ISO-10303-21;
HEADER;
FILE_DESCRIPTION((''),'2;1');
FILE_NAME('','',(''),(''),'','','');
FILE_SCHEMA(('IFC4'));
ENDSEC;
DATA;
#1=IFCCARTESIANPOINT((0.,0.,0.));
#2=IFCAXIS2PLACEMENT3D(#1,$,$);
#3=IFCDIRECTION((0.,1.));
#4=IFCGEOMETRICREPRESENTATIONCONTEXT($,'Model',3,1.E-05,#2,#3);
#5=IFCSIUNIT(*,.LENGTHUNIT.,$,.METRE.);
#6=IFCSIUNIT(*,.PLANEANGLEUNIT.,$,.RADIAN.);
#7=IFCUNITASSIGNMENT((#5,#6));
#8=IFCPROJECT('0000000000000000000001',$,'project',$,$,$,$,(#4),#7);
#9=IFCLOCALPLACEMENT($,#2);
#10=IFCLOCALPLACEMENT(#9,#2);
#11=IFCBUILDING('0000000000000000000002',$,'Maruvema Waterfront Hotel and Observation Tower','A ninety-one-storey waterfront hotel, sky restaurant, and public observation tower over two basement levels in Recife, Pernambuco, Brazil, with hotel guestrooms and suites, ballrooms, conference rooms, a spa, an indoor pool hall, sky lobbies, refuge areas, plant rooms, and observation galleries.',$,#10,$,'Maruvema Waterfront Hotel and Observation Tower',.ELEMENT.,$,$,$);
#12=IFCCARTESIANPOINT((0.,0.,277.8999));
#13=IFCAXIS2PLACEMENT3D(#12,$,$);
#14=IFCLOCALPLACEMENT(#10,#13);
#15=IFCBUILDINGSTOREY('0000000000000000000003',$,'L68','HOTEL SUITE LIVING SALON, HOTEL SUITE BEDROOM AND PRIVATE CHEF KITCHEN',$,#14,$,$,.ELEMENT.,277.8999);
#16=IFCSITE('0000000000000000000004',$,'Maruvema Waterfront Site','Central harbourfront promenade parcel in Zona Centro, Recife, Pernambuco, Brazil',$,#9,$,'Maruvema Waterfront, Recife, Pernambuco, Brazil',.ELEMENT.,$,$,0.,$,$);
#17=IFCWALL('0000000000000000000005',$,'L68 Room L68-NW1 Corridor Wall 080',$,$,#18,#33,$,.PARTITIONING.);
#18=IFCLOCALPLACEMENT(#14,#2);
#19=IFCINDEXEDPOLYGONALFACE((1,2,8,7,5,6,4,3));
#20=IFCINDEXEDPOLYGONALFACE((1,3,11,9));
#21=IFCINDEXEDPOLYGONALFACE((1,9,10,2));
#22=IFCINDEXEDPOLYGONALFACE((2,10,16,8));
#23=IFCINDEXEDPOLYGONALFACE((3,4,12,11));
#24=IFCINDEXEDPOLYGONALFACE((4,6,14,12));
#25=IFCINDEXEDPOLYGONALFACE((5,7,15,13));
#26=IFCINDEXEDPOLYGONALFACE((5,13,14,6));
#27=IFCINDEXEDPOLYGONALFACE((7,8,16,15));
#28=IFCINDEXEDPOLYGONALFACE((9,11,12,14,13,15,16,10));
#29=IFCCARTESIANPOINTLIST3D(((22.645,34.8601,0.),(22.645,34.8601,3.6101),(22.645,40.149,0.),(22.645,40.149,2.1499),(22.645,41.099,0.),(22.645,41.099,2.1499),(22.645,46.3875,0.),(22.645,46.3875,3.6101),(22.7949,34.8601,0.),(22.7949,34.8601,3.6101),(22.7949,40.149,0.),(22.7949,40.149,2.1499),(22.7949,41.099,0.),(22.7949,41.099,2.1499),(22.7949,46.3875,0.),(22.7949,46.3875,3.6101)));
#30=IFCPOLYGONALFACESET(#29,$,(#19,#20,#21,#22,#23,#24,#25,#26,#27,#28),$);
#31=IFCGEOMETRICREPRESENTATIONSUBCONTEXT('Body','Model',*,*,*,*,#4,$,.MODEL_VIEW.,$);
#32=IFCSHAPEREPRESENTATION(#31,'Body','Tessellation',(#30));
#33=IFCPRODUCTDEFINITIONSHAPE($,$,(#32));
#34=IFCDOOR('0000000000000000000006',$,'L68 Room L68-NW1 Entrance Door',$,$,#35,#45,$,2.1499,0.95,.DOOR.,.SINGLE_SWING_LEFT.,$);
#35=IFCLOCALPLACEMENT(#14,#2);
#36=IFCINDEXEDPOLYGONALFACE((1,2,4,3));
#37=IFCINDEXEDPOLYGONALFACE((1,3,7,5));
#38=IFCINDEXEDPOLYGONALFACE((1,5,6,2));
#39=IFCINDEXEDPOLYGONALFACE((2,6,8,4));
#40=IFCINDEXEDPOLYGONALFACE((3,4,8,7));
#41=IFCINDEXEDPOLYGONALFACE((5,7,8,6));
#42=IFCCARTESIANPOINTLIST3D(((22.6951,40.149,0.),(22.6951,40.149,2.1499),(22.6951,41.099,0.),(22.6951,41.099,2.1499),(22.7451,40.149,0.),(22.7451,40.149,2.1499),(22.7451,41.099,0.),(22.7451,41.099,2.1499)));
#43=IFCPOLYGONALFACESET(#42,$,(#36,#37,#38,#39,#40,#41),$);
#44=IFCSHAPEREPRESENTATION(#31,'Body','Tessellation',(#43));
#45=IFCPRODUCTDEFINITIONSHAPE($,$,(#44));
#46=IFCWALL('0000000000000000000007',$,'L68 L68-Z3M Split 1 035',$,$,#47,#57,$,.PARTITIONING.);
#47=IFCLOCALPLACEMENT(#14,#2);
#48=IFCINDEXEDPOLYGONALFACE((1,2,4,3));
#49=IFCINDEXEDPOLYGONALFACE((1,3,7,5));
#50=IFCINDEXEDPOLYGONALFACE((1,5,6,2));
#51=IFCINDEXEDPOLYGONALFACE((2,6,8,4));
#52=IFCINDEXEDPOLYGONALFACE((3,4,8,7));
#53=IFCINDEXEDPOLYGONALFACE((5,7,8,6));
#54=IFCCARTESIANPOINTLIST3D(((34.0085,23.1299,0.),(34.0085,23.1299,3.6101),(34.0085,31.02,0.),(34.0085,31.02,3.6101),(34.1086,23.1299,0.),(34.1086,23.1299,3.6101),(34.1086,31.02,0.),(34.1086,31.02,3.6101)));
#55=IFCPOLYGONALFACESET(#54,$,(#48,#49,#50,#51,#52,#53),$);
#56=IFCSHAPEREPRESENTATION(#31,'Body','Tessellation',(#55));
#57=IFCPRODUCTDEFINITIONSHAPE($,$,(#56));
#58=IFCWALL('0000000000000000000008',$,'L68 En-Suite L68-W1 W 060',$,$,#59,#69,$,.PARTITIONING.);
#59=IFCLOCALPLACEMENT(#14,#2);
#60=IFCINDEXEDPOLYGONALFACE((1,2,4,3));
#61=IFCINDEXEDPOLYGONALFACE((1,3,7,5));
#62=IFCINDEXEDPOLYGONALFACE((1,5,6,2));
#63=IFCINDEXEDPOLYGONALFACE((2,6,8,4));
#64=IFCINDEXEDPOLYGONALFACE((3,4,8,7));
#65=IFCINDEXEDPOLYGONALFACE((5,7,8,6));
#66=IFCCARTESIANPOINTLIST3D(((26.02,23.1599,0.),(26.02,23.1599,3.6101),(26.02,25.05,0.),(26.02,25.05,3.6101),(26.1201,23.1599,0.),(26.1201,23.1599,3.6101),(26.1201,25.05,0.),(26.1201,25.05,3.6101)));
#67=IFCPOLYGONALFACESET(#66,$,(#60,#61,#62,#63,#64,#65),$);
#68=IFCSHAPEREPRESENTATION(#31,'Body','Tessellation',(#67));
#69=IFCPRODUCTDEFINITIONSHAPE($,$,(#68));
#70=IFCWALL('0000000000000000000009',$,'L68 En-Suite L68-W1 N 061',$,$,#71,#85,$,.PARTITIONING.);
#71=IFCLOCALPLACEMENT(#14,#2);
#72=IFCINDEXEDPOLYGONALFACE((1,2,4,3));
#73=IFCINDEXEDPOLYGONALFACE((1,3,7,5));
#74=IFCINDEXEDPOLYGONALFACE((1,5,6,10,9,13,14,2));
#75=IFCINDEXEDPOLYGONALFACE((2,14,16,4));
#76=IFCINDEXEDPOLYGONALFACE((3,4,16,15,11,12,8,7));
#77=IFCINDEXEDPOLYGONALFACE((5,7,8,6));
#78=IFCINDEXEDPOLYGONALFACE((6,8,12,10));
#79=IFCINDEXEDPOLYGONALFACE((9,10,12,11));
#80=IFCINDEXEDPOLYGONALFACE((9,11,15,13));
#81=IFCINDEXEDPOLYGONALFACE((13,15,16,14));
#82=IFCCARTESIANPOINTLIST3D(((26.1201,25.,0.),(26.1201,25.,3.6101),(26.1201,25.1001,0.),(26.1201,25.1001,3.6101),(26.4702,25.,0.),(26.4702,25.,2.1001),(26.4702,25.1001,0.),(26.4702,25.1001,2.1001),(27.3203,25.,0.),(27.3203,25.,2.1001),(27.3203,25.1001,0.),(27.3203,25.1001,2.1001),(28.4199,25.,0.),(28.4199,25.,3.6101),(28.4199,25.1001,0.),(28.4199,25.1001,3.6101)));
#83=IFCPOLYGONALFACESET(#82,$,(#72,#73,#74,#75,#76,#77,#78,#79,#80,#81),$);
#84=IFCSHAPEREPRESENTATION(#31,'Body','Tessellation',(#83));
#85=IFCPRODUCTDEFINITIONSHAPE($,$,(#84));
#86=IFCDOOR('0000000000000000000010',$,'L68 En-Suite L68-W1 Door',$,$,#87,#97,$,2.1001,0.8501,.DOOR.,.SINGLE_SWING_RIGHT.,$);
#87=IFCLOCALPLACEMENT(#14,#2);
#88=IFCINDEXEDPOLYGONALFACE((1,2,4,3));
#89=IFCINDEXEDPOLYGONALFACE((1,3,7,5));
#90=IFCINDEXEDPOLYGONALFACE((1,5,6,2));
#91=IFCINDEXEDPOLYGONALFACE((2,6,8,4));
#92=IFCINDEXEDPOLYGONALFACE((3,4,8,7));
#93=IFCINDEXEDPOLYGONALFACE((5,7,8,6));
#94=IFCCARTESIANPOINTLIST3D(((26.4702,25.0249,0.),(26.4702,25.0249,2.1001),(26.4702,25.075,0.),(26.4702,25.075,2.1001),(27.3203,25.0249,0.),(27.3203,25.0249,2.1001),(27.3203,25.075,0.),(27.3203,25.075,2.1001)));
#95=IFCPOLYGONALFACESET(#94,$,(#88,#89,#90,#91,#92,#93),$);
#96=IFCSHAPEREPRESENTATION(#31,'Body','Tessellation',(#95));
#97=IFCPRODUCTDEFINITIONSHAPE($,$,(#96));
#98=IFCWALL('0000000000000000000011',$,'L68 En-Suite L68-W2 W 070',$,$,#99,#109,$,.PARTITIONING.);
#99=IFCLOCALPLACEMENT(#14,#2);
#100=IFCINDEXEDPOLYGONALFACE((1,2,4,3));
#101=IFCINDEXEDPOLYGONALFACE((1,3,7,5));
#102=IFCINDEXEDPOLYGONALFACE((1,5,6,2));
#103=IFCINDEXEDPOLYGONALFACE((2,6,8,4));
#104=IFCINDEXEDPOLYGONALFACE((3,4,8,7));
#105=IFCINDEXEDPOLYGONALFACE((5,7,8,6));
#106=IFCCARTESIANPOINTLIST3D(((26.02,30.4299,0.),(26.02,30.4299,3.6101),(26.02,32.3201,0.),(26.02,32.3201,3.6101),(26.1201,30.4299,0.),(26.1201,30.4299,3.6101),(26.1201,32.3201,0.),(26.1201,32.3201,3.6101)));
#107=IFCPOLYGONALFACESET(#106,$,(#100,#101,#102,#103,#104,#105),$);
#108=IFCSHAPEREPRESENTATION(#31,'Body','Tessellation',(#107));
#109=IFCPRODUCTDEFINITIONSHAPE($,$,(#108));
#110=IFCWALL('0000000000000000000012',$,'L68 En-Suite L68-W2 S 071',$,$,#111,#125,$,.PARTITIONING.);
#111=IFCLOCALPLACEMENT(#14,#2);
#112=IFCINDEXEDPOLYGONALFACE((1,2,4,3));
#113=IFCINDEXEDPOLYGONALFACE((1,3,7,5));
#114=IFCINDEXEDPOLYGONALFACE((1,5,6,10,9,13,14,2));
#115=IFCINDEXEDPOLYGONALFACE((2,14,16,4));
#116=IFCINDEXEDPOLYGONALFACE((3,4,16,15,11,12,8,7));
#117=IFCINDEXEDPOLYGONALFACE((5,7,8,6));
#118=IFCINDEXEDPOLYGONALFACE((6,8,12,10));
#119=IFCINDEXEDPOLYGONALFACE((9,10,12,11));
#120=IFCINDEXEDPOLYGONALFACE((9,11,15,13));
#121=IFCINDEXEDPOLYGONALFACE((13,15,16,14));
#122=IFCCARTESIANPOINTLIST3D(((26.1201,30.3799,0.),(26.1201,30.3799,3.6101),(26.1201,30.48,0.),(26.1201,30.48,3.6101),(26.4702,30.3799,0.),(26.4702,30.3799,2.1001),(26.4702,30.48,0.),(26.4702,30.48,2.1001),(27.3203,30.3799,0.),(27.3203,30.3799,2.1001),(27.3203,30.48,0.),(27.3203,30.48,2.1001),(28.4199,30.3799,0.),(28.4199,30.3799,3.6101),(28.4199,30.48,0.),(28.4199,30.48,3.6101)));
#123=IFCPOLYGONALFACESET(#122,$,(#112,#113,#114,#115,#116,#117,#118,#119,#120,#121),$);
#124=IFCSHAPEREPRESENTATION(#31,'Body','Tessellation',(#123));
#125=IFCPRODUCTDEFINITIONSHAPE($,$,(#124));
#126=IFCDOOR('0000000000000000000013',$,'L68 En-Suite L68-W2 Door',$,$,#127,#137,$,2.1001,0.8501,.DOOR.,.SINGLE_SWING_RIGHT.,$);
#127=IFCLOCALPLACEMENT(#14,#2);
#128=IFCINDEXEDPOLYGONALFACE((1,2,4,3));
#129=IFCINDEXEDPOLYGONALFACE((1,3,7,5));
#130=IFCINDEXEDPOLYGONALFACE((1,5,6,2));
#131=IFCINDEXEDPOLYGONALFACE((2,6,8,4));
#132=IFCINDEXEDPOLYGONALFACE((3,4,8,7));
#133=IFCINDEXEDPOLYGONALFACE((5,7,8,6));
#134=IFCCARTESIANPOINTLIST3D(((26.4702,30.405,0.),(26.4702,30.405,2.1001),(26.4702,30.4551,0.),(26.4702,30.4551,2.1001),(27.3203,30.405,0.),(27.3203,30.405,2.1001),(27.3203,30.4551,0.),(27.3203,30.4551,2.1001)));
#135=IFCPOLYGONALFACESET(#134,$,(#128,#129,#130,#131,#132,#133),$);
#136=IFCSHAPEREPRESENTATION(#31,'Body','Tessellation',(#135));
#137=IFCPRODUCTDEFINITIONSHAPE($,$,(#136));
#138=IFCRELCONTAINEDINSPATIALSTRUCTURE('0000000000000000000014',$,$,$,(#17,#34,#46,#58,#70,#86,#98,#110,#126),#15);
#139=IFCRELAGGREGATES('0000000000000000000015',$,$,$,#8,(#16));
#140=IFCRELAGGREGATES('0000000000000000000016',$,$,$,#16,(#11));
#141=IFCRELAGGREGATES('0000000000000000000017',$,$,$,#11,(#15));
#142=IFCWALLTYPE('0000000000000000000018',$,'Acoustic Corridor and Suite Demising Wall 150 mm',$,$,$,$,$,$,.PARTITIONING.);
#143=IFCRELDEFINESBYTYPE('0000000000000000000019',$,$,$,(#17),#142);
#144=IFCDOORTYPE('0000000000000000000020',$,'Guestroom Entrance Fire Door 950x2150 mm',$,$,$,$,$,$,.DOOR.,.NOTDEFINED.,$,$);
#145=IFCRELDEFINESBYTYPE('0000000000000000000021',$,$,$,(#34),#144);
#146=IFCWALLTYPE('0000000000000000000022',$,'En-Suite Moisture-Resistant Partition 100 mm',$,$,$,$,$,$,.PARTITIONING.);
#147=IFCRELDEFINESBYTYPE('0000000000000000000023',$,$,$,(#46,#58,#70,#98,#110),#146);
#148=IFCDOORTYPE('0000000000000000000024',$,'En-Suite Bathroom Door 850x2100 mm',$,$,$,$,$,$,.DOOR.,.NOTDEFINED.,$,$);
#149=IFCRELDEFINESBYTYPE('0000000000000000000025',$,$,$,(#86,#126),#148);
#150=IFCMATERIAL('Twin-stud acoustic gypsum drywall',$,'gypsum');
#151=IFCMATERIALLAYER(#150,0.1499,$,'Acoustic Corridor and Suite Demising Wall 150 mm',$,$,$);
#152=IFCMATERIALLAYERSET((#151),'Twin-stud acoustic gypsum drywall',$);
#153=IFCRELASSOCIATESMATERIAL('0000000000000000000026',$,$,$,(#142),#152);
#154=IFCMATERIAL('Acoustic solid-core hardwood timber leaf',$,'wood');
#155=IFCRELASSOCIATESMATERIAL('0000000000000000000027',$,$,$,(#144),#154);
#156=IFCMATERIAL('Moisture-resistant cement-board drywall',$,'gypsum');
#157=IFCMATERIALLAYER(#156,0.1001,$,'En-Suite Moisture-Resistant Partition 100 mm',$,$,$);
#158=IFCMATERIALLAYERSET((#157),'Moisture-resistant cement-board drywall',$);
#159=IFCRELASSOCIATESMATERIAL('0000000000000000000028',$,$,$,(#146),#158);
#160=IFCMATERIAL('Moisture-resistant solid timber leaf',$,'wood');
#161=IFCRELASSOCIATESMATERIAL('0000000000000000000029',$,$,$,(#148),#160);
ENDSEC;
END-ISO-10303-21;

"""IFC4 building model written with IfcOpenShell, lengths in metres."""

from ifc_helpers import new_model, si_unit, direction, frame, frame_2d, origin, place, context, subcontext, project, spatial, rectangle, extrude, material, layer, layer_set, type_object, element, fill, save


model = new_model("IFC4")

# Units and contexts
model_context = context("Model", 3, precision=1e-05, world=origin(), true_north=direction((0.0, 1.0)))
body_context = subcontext(model_context, "Body", "Model", "MODEL_VIEW")
ifc_project = project(units=[si_unit("LENGTHUNIT", "METRE"), si_unit("PLANEANGLEUNIT", "RADIAN")], contexts=[model_context])

# Site, building, storey
site_placement = place(None, origin())
site = spatial("IfcSite", under=ifc_project, at=site_placement, Name="Maruvema Waterfront Site", Description="Central harbourfront promenade parcel in Zona Centro, Recife, Pernambuco, Brazil", LongName="Maruvema Waterfront, Recife, Pernambuco, Brazil", CompositionType="ELEMENT", RefElevation=0.0)
building_placement = place(site_placement, origin())
building = spatial("IfcBuilding", under=site, at=building_placement, Name="Maruvema Waterfront Hotel and Observation Tower", Description="A ninety-one-storey waterfront hotel, sky restaurant, and public observation tower over two basement levels in Recife, Pernambuco, Brazil, with hotel guestrooms and suites, ballrooms, conference rooms, a spa, an indoor pool hall, sky lobbies, refuge areas, plant rooms, and observation galleries.", LongName="Maruvema Waterfront Hotel and Observation Tower", CompositionType="ELEMENT")
storey_placement = place(building_placement, frame((0.0, 0.0, 277.8999)))
storey = spatial("IfcBuildingStorey", under=building, at=storey_placement, Name="L68", Description="HOTEL SUITE LIVING SALON, HOTEL SUITE BEDROOM AND PRIVATE CHEF KITCHEN", CompositionType="ELEMENT", Elevation=277.8999)

# Shared definitions
ifc_material_1 = material(Name="Twin-stud acoustic gypsum drywall", Category="gypsum")
ifc_layer_1 = layer(ifc_material_1, 0.1499, Name="Acoustic Corridor and Suite Demising Wall 150 mm")
ifc_layer_set_1 = layer_set([ifc_layer_1], Name="Twin-stud acoustic gypsum drywall")
wall_type_1 = type_object("IfcWallType", Name="Acoustic Corridor and Suite Demising Wall 150 mm", PredefinedType="PARTITIONING", material=ifc_layer_set_1)

# Shared definitions
ifc_material_2 = material(Name="Acoustic solid-core hardwood timber leaf", Category="wood")
door_type_1 = type_object("IfcDoorType", Name="Guestroom Entrance Fire Door 950x2150 mm", OperationType="NOTDEFINED", PredefinedType="DOOR", material=ifc_material_2)

# Wall, opening, door
wall_1_placement = place(storey_placement, frame((22.72, 34.8601, 0.0), z_axis=(0.0, 0.0, 1.0), x_axis=(0.0, 1.0, 0.0)))
wall_1 = element("IfcWall", 1, at=wall_1_placement, inside=storey, type_object=wall_type_1, Name="L68 Room L68-NW1 Corridor Wall 080", PredefinedType="PARTITIONING", context=body_context, shape_type="SweptSolid", body=[
    extrude(rectangle(XDim=11.5273, YDim=0.1499, at=frame_2d((5.7637, 0.0))), origin(), (0.0, 0.0, 1.0), 3.6101),
])
opening_1_placement = place(wall_1_placement, frame((5.2888, 0.0, 0.0)))
opening_1 = element("IfcOpeningElement", 2, at=opening_1_placement, cuts=wall_1, PredefinedType="OPENING", context=body_context, shape_type="SweptSolid", body=[
    extrude(rectangle(XDim=0.95, YDim=2.1499, at=frame_2d((0.4751, 1.075))), frame((0.0, 0.085, 0.0), z_axis=(0.0, -1.0, 0.0), x_axis=(1.0, 0.0, 0.0)), (0.0, 0.0, 1.0), 0.1699),
])
door_1_placement = place(opening_1_placement, origin())
door_1 = element("IfcDoor", 3, at=door_1_placement, inside=storey, type_object=door_type_1, Name="L68 Room L68-NW1 Entrance Door", OperationType="SINGLE_SWING_LEFT", OverallHeight=2.1499, OverallWidth=0.95, PredefinedType="DOOR", context=body_context, shape_type="SweptSolid", body=[
    extrude(rectangle(XDim=0.95, YDim=2.1499, at=frame_2d((0.4751, 1.075))), frame((0.0, 0.0249, 0.0), z_axis=(0.0, -1.0, 0.0), x_axis=(1.0, 0.0, 0.0)), (0.0, 0.0, 1.0), 0.05),
])
fill(opening_1, door_1)

# Walls
ifc_material_3 = material(Name="Moisture-resistant cement-board drywall", Category="gypsum")
ifc_layer_2 = layer(ifc_material_3, 0.1001, Name="En-Suite Moisture-Resistant Partition 100 mm")
ifc_layer_set_2 = layer_set([ifc_layer_2], Name="Moisture-resistant cement-board drywall")
wall_type_2 = type_object("IfcWallType", Name="En-Suite Moisture-Resistant Partition 100 mm", PredefinedType="PARTITIONING", material=ifc_layer_set_2)
wall_2_placement = place(storey_placement, frame((34.0586, 23.1299, 0.0), z_axis=(0.0, 0.0, 1.0), x_axis=(0.0, 1.0, 0.0)))
element("IfcWall", 4, at=wall_2_placement, inside=storey, type_object=wall_type_2, Name="L68 L68-Z3M Split 1 035", PredefinedType="PARTITIONING", context=body_context, shape_type="SweptSolid", body=[
    extrude(rectangle(XDim=7.8901, YDim=0.1001, at=frame_2d((3.9451, 0.0))), origin(), (0.0, 0.0, 1.0), 3.6101),
])
wall_3_placement = place(storey_placement, frame((26.0701, 23.1599, 0.0), z_axis=(0.0, 0.0, 1.0), x_axis=(0.0, 1.0, 0.0)))
element("IfcWall", 5, at=wall_3_placement, inside=storey, type_object=wall_type_2, Name="L68 En-Suite L68-W1 W 060", PredefinedType="PARTITIONING", context=body_context, shape_type="SweptSolid", body=[
    extrude(rectangle(XDim=1.8901, YDim=0.1001, at=frame_2d((0.9451, 0.0))), origin(), (0.0, 0.0, 1.0), 3.6101),
])

# Wall, opening, door
wall_4_placement = place(storey_placement, frame((26.1201, 25.05, 0.0), z_axis=(0.0, 0.0, 1.0), x_axis=(1.0, 0.0, 0.0)))
wall_4 = element("IfcWall", 6, at=wall_4_placement, inside=storey, type_object=wall_type_2, Name="L68 En-Suite L68-W1 N 061", PredefinedType="PARTITIONING", context=body_context, shape_type="SweptSolid", body=[
    extrude(rectangle(XDim=2.2998, YDim=0.1001, at=frame_2d((1.1499, 0.0))), origin(), (0.0, 0.0, 1.0), 3.6101),
])
opening_2_placement = place(wall_4_placement, frame((0.3501, 0.0, 0.0)))
opening_2 = element("IfcOpeningElement", 7, at=opening_2_placement, cuts=wall_4, PredefinedType="OPENING", context=body_context, shape_type="SweptSolid", body=[
    extrude(rectangle(XDim=0.8501, YDim=2.1001, at=frame_2d((0.425, 1.05))), frame((0.0, 0.0601, 0.0), z_axis=(0.0, -1.0, 0.0), x_axis=(1.0, 0.0, 0.0)), (0.0, 0.0, 1.0), 0.1201),
])
ifc_material_4 = material(Name="Moisture-resistant solid timber leaf", Category="wood")
door_type_2 = type_object("IfcDoorType", Name="En-Suite Bathroom Door 850x2100 mm", OperationType="NOTDEFINED", PredefinedType="DOOR", material=ifc_material_4)
door_2_placement = place(opening_2_placement, origin())
door_2 = element("IfcDoor", 8, at=door_2_placement, inside=storey, type_object=door_type_2, Name="L68 En-Suite L68-W1 Door", OperationType="SINGLE_SWING_RIGHT", OverallHeight=2.1001, OverallWidth=0.8501, PredefinedType="DOOR", context=body_context, shape_type="SweptSolid", body=[
    extrude(rectangle(XDim=0.8501, YDim=2.1001, at=frame_2d((0.425, 1.05))), frame((0.0, 0.0249, 0.0), z_axis=(0.0, -1.0, 0.0), x_axis=(1.0, 0.0, 0.0)), (0.0, 0.0, 1.0), 0.05),
])
fill(opening_2, door_2)

# Wall
wall_5_placement = place(storey_placement, frame((26.0701, 30.4299, 0.0), z_axis=(0.0, 0.0, 1.0), x_axis=(0.0, 1.0, 0.0)))
element("IfcWall", 9, at=wall_5_placement, inside=storey, type_object=wall_type_2, Name="L68 En-Suite L68-W2 W 070", PredefinedType="PARTITIONING", context=body_context, shape_type="SweptSolid", body=[
    extrude(rectangle(XDim=1.8901, YDim=0.1001, at=frame_2d((0.9451, 0.0))), origin(), (0.0, 0.0, 1.0), 3.6101),
])

# Wall, opening, door
wall_6_placement = place(storey_placement, frame((26.1201, 30.4299, 0.0), z_axis=(0.0, 0.0, 1.0), x_axis=(1.0, 0.0, 0.0)))
wall_6 = element("IfcWall", 10, at=wall_6_placement, inside=storey, type_object=wall_type_2, Name="L68 En-Suite L68-W2 S 071", PredefinedType="PARTITIONING", context=body_context, shape_type="SweptSolid", body=[
    extrude(rectangle(XDim=2.2998, YDim=0.1001, at=frame_2d((1.1499, 0.0))), origin(), (0.0, 0.0, 1.0), 3.6101),
])
opening_3_placement = place(wall_6_placement, frame((0.3501, 0.0, 0.0)))
opening_3 = element("IfcOpeningElement", 11, at=opening_3_placement, cuts=wall_6, PredefinedType="OPENING", context=body_context, shape_type="SweptSolid", body=[
    extrude(rectangle(XDim=0.8501, YDim=2.1001, at=frame_2d((0.425, 1.05))), frame((0.0, 0.0601, 0.0), z_axis=(0.0, -1.0, 0.0), x_axis=(1.0, 0.0, 0.0)), (0.0, 0.0, 1.0), 0.1201),
])
door_3_placement = place(opening_3_placement, frame((0.8501, 0.0, 0.0), z_axis=(0.0, 0.0, 1.0), x_axis=(-1.0, 0.0, 0.0)))
door_3 = element("IfcDoor", 12, at=door_3_placement, inside=storey, type_object=door_type_2, Name="L68 En-Suite L68-W2 Door", OperationType="SINGLE_SWING_RIGHT", OverallHeight=2.1001, OverallWidth=0.8501, PredefinedType="DOOR", context=body_context, shape_type="SweptSolid", body=[
    extrude(rectangle(XDim=0.8501, YDim=2.1001, at=frame_2d((0.425, 1.05))), frame((0.0, 0.0249, 0.0), z_axis=(0.0, -1.0, 0.0), x_axis=(1.0, 0.0, 0.0)), (0.0, 0.0, 1.0), 0.05),
])
fill(opening_3, door_3)

save(model, "model.ifc")
